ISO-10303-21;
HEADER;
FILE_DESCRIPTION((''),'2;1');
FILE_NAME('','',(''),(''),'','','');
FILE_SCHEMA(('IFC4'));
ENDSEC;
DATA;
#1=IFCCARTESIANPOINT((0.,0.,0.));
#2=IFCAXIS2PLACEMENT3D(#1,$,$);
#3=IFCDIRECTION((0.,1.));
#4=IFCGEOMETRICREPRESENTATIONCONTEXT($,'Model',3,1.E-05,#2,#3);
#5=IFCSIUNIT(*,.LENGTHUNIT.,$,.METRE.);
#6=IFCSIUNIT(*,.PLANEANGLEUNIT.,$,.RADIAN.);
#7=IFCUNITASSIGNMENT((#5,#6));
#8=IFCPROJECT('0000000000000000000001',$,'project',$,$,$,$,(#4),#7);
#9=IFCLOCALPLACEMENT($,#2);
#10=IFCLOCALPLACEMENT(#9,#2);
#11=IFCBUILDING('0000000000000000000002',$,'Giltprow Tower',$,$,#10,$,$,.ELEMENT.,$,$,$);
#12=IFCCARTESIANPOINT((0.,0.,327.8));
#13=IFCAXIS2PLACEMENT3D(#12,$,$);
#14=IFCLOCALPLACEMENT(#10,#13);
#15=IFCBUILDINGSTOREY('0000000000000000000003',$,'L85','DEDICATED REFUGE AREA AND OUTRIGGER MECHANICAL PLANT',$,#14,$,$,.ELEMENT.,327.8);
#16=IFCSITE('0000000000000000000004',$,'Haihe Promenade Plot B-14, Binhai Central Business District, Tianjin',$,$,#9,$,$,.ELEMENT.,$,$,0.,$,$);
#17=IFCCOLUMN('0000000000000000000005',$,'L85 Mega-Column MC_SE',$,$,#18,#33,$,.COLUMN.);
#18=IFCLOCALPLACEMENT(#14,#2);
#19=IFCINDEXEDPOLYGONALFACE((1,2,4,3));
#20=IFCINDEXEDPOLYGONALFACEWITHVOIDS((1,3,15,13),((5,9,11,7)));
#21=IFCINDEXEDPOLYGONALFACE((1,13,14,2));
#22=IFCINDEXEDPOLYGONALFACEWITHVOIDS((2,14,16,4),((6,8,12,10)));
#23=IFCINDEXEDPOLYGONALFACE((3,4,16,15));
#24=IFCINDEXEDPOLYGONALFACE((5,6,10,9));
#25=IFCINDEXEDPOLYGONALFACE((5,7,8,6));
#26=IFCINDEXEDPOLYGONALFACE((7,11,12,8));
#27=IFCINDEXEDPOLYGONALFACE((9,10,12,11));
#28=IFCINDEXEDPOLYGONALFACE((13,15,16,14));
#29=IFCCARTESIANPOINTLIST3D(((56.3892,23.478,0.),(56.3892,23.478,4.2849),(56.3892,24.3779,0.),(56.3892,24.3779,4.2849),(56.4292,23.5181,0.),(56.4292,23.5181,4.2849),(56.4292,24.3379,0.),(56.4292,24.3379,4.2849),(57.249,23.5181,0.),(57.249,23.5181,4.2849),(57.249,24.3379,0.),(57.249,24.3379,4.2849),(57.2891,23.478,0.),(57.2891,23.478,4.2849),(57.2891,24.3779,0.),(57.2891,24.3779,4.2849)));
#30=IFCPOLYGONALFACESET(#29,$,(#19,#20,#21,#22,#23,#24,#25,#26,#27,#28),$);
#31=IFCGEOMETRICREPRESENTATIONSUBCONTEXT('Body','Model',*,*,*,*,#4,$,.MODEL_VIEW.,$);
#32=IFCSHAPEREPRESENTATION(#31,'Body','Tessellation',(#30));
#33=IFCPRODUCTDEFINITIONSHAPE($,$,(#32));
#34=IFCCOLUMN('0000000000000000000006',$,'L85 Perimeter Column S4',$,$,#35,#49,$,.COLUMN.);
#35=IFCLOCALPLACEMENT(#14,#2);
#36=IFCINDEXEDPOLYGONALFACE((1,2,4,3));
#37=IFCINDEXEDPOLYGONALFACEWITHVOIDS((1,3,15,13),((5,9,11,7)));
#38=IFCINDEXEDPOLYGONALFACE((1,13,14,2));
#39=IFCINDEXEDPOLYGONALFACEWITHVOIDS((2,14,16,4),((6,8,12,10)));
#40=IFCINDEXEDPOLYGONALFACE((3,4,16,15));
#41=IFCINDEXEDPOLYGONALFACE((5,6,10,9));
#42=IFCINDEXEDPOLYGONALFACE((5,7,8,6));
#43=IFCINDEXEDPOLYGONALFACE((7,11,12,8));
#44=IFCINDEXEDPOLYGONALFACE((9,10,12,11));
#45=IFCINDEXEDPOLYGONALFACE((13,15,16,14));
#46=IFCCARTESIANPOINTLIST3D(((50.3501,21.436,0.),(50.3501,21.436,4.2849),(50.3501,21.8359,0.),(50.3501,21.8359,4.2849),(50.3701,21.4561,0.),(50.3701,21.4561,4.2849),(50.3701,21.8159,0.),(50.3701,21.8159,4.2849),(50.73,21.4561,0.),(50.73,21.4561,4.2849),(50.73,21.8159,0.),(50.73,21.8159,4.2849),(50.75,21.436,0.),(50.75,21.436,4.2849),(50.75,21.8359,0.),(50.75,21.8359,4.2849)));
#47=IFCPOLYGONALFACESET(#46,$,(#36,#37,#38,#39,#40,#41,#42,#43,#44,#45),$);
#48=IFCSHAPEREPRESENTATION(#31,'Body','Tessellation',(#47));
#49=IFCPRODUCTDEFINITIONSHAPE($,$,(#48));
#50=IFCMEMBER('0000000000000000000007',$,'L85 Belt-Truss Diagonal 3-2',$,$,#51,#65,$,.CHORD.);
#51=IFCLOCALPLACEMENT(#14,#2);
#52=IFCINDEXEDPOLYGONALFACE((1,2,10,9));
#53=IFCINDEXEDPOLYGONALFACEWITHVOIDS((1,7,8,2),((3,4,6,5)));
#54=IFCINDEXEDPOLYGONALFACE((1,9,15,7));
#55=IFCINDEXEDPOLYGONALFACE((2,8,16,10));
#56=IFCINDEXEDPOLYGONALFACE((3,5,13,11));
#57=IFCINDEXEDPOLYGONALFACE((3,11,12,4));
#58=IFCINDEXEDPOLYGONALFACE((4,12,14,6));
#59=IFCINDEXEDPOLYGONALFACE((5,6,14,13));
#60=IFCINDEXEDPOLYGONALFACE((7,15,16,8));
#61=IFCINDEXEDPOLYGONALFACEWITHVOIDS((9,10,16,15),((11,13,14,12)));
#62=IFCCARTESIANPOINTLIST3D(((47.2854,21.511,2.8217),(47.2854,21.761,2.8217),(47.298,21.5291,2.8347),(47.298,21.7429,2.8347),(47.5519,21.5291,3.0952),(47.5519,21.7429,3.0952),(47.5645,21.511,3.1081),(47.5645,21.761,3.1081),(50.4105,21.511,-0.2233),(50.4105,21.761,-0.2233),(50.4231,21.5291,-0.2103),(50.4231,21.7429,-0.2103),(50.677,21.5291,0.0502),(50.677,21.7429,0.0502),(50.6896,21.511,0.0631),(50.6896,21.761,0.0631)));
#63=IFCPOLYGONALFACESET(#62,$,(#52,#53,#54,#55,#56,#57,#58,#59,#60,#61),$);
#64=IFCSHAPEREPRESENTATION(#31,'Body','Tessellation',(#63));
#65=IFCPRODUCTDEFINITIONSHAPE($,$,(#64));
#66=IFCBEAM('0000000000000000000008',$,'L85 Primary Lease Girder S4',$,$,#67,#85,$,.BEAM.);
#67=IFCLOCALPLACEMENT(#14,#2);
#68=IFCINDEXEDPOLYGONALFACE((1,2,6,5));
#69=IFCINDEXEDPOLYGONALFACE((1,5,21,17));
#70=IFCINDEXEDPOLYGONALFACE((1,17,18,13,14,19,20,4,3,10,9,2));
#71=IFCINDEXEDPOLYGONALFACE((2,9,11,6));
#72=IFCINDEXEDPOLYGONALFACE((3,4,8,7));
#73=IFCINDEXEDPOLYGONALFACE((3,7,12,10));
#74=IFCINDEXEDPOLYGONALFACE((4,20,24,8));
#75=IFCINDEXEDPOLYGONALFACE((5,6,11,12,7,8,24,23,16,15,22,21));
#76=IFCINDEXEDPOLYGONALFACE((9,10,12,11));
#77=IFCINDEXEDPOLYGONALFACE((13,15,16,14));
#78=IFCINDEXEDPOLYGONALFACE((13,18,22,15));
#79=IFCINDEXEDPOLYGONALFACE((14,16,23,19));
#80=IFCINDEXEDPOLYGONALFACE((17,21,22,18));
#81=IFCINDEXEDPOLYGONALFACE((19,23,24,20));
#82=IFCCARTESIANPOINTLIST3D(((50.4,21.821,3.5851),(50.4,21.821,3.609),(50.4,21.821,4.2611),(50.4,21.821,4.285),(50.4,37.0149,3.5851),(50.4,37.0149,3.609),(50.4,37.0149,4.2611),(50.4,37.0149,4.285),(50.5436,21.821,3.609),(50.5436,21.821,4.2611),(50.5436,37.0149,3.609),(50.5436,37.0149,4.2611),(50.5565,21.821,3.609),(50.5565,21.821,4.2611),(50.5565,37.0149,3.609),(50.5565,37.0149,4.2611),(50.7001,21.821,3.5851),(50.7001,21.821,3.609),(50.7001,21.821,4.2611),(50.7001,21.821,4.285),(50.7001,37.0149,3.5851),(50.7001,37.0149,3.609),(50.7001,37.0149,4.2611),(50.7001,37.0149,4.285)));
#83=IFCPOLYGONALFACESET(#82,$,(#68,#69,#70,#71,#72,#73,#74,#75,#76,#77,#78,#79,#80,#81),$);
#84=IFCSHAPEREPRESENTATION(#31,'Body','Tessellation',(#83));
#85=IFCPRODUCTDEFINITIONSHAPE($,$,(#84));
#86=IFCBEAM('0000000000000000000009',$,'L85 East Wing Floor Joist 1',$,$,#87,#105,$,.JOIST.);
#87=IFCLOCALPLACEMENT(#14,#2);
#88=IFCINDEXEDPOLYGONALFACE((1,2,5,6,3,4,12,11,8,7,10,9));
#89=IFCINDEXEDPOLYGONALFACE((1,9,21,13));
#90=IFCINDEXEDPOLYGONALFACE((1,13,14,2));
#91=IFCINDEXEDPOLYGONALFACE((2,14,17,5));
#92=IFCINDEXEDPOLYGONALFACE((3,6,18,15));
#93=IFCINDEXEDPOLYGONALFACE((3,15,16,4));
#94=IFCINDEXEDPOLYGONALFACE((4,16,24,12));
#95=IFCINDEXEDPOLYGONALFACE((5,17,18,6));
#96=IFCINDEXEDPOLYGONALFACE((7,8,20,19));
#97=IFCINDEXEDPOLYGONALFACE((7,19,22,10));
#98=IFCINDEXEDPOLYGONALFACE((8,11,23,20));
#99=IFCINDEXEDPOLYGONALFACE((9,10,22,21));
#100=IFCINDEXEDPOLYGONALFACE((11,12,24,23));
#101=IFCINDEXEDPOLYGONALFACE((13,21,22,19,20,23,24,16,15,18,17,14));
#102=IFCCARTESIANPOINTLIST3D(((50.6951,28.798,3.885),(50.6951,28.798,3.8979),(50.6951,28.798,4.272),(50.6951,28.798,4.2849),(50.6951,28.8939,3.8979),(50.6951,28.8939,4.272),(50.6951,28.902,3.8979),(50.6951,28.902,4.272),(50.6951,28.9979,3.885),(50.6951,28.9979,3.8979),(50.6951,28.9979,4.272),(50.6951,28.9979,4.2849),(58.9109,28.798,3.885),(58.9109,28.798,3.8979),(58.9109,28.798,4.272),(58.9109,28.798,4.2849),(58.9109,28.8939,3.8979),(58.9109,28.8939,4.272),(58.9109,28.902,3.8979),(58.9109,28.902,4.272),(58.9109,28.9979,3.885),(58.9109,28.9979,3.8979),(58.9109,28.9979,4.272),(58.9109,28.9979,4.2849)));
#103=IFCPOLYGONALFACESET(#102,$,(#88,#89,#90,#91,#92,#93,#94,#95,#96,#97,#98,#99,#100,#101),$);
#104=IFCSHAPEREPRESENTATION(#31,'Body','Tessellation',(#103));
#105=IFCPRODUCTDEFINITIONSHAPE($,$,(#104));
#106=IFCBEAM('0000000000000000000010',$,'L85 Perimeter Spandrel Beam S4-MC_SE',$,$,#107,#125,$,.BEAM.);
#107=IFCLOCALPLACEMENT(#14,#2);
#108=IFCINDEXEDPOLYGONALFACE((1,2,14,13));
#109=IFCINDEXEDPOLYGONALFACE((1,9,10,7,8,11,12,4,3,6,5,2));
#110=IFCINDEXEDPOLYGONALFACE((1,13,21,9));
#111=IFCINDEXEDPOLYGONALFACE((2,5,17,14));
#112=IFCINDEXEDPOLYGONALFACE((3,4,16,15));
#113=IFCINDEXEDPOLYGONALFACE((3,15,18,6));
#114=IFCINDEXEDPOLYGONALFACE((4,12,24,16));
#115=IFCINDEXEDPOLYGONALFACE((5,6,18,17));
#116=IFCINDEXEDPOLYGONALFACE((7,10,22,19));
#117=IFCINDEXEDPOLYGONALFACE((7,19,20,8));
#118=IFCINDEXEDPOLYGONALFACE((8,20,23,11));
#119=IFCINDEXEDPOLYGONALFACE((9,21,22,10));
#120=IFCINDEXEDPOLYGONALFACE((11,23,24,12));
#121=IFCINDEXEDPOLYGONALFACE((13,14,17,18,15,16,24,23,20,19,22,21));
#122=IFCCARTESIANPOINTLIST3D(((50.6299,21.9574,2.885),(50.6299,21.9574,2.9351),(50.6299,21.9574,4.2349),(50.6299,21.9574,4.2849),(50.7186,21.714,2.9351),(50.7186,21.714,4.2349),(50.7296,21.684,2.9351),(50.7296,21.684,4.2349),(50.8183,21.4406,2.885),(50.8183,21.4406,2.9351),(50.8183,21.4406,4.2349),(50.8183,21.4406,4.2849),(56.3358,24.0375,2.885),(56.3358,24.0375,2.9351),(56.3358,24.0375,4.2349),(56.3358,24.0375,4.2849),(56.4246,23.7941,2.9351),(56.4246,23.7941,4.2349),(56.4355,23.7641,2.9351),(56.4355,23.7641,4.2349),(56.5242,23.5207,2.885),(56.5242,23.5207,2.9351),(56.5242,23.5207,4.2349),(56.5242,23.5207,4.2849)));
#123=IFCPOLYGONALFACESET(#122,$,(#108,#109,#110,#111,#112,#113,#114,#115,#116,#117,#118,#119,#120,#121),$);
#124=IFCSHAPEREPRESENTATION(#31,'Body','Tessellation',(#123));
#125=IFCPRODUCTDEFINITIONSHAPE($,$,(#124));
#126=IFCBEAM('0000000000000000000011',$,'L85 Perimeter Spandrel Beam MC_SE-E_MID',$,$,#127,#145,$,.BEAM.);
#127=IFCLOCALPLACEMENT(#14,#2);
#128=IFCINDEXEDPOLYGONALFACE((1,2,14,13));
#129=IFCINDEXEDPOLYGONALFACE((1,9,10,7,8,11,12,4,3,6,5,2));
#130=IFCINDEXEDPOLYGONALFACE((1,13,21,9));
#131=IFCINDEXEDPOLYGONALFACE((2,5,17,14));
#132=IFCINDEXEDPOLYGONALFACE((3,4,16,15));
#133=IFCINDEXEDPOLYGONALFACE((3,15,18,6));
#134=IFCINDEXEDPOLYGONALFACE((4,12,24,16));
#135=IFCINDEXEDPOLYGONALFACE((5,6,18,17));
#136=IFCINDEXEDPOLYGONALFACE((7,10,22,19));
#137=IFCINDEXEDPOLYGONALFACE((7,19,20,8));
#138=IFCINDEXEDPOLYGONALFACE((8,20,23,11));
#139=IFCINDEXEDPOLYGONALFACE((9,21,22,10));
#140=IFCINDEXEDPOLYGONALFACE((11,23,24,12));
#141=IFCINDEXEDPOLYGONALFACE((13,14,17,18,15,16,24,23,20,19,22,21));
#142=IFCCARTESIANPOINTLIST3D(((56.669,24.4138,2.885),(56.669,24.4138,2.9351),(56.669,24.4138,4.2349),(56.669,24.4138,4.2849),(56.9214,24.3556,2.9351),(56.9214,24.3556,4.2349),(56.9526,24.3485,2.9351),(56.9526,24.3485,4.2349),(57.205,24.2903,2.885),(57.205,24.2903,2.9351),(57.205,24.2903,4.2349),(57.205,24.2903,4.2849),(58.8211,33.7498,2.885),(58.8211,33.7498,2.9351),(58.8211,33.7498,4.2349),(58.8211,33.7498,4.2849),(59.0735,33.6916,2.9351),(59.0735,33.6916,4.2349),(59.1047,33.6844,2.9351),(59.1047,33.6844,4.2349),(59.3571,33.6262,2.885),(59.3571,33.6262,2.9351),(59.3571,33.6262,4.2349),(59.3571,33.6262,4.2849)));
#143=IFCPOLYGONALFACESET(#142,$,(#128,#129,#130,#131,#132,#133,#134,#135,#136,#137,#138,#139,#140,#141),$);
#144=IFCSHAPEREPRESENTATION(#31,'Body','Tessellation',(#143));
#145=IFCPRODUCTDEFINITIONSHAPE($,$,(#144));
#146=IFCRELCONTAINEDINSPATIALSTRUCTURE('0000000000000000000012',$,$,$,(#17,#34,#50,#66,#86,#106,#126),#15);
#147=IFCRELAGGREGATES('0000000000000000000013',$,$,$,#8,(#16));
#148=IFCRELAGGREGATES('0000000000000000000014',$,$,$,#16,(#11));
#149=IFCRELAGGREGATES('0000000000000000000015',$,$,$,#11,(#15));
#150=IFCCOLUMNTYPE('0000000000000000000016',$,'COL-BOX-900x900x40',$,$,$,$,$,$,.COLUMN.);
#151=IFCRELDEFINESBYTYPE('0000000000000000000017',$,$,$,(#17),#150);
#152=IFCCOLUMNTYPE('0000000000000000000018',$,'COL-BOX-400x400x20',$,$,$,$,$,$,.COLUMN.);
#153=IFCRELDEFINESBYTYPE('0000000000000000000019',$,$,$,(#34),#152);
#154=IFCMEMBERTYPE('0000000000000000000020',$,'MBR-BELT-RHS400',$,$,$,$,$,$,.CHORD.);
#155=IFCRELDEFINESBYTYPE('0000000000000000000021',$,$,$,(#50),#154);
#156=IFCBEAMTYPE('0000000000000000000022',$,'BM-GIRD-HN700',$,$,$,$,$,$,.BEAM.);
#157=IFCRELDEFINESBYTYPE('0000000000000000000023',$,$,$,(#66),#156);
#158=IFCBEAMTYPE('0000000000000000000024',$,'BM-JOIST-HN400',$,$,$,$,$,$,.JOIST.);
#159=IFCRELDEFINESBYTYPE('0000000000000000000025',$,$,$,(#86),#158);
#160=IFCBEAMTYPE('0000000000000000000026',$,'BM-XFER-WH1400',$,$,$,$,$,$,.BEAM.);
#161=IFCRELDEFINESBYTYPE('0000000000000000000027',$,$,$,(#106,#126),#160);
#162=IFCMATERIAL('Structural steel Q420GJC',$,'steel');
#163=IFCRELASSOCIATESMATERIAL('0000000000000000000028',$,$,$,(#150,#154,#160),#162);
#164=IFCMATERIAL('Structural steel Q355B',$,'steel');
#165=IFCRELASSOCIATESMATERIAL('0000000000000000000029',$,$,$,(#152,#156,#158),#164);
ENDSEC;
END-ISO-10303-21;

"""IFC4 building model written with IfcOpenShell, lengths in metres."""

from ifc_helpers import new_model, si_unit, direction, frame, origin, origin_2d, place, context, subcontext, project, spatial, hollow_rectangle, i_section, extrude, source, transform, mapped, material, material_profile, profile_set, type_object, element, save


model = new_model("IFC4")

# Units and contexts
model_context = context("Model", 3, precision=1e-05, world=origin(), true_north=direction((0.0, 1.0)))
body_context = subcontext(model_context, "Body", "Model", "MODEL_VIEW")
ifc_project = project(units=[si_unit("LENGTHUNIT", "METRE"), si_unit("PLANEANGLEUNIT", "RADIAN")], contexts=[model_context])

# Site, building, storey
site_placement = place(None, origin())
site = spatial("IfcSite", under=ifc_project, at=site_placement, Name="Haihe Promenade Plot B-14, Binhai Central Business District, Tianjin", CompositionType="ELEMENT", RefElevation=0.0)
building_placement = place(site_placement, origin())
building = spatial("IfcBuilding", under=site, at=building_placement, Name="Giltprow Tower", CompositionType="ELEMENT")
storey_placement = place(building_placement, frame((0.0, 0.0, 327.8)))
storey = spatial("IfcBuildingStorey", under=building, at=storey_placement, Name="L85", Description="DEDICATED REFUGE AREA AND OUTRIGGER MECHANICAL PLANT", CompositionType="ELEMENT", Elevation=327.8)

# Columns
ifc_material_1 = material(Name="Structural steel Q420GJC", Category="steel")
ifc_material_profile_1 = material_profile(ifc_material_1, hollow_rectangle(XDim=0.8999, YDim=0.8999, WallThickness=0.04, at=origin_2d()), Name="BOX 900x900x40")
ifc_profile_set_1 = profile_set([ifc_material_profile_1], Name="Structural steel Q420GJC")
column_type_1 = type_object("IfcColumnType", Name="COL-BOX-900x900x40", PredefinedType="COLUMN", material=ifc_profile_set_1)
shared_shape_1 = source(origin(), body_context, "Body", "SweptSolid", [
    extrude(hollow_rectangle(XDim=0.8999, YDim=0.8999, WallThickness=0.04, at=origin_2d()), origin(), (0.0, 0.0, 1.0), 4.2849),
])
column_1_placement = place(storey_placement, frame((56.8391, 23.928, 0.0), z_axis=(0.0, 0.0, 1.0), x_axis=(1.0, 0.0, 0.0)))
element("IfcColumn", 1, at=column_1_placement, inside=storey, type_object=column_type_1, Name="L85 Mega-Column MC_SE", PredefinedType="COLUMN", context=body_context, shape_type="MappedRepresentation", body=[
    mapped(shared_shape_1, transform((0.0, 0.0, 0.0), x_axis=(1.0, 0.0, 0.0), y_axis=(0.0, 1.0, 0.0), z_axis=(0.0, 0.0, 1.0), scale=1.0)),
])
ifc_material_2 = material(Name="Structural steel Q355B", Category="steel")
ifc_material_profile_2 = material_profile(ifc_material_2, hollow_rectangle(XDim=0.3999, YDim=0.3999, WallThickness=0.02, at=origin_2d()), Name="BOX 400x400x20")
ifc_profile_set_2 = profile_set([ifc_material_profile_2], Name="Structural steel Q355B")
column_type_2 = type_object("IfcColumnType", Name="COL-BOX-400x400x20", PredefinedType="COLUMN", material=ifc_profile_set_2)
shared_shape_2 = source(origin(), body_context, "Body", "SweptSolid", [
    extrude(hollow_rectangle(XDim=0.3999, YDim=0.3999, WallThickness=0.02, at=origin_2d()), origin(), (0.0, 0.0, 1.0), 4.2849),
])
column_2_placement = place(storey_placement, frame((50.55, 21.636, 0.0), z_axis=(0.0, 0.0, 1.0), x_axis=(1.0, 0.0, 0.0)))
element("IfcColumn", 2, at=column_2_placement, inside=storey, type_object=column_type_2, Name="L85 Perimeter Column S4", PredefinedType="COLUMN", context=body_context, shape_type="MappedRepresentation", body=[
    mapped(shared_shape_2, transform((0.0, 0.0, 0.0), x_axis=(1.0, 0.0, 0.0), y_axis=(0.0, 1.0, 0.0), z_axis=(0.0, 0.0, 1.0), scale=1.0)),
])

# Member
ifc_material_profile_3 = material_profile(ifc_material_1, hollow_rectangle(XDim=0.25, YDim=0.3999, WallThickness=0.0181, at=origin_2d()), Name="RHS 400x250x18")
ifc_profile_set_3 = profile_set([ifc_material_profile_3], Name="Structural steel Q420GJC")
member_type_1 = type_object("IfcMemberType", Name="MBR-BELT-RHS400", PredefinedType="CHORD", material=ifc_profile_set_3)
shared_shape_3 = source(origin(), body_context, "Body", "SweptSolid", [
    extrude(hollow_rectangle(XDim=0.25, YDim=0.3999, WallThickness=0.0181, at=origin_2d()), origin(), (0.0, 0.0, 1.0), 4.3633),
])
member_1_placement = place(storey_placement, frame((50.55, 21.636, -0.0801), z_axis=(-0.716224, 0.0, 0.697871), x_axis=(0.0, -1.0, 0.0)))
element("IfcMember", 3, at=member_1_placement, inside=storey, type_object=member_type_1, Name="L85 Belt-Truss Diagonal 3-2", PredefinedType="CHORD", context=body_context, shape_type="MappedRepresentation", body=[
    mapped(shared_shape_3, transform((0.0, 0.0, 0.0), x_axis=(1.0, 0.0, 0.0), y_axis=(0.0, 1.0, 0.0), z_axis=(0.0, 0.0, 1.0), scale=1.0)),
])

# Beams
ifc_material_profile_4 = material_profile(ifc_material_2, i_section(OverallWidth=0.3, OverallDepth=0.7, WebThickness=0.0129, FlangeThickness=0.0239, at=origin_2d()), Name="HN 700x300x13x24")
ifc_profile_set_4 = profile_set([ifc_material_profile_4], Name="Structural steel Q355B")
beam_type_1 = type_object("IfcBeamType", Name="BM-GIRD-HN700", PredefinedType="BEAM", material=ifc_profile_set_4)
shared_shape_4 = source(origin(), body_context, "Body", "SweptSolid", [
    extrude(i_section(OverallWidth=0.3, OverallDepth=0.7, WebThickness=0.0129, FlangeThickness=0.0239, at=origin_2d()), origin(), (0.0, 0.0, 1.0), 15.1938),
])
beam_1_placement = place(storey_placement, frame((50.55, 21.821, 3.9351), z_axis=(0.0, 1.0, 0.0), x_axis=(-1.0, 0.0, 0.0)))
element("IfcBeam", 4, at=beam_1_placement, inside=storey, type_object=beam_type_1, Name="L85 Primary Lease Girder S4", PredefinedType="BEAM", context=body_context, shape_type="MappedRepresentation", body=[
    mapped(shared_shape_4, transform((0.0, 0.0, 0.0), x_axis=(1.0, 0.0, 0.0), y_axis=(0.0, 1.0, 0.0), z_axis=(0.0, 0.0, 1.0), scale=1.0)),
])
ifc_material_profile_5 = material_profile(ifc_material_2, i_section(OverallWidth=0.2, OverallDepth=0.3999, WebThickness=0.0081, FlangeThickness=0.0129, at=origin_2d()), Name="HN 400x200x8x13")
ifc_profile_set_5 = profile_set([ifc_material_profile_5], Name="Structural steel Q355B")
beam_type_2 = type_object("IfcBeamType", Name="BM-JOIST-HN400", PredefinedType="JOIST", material=ifc_profile_set_5)
shared_shape_5 = source(origin(), body_context, "Body", "SweptSolid", [
    extrude(i_section(OverallWidth=0.2, OverallDepth=0.3999, WebThickness=0.0081, FlangeThickness=0.0129, at=origin_2d()), origin(), (0.0, 0.0, 1.0), 8.2158),
])
beam_2_placement = place(storey_placement, frame((50.6951, 28.8979, 4.085), z_axis=(1.0, 0.0, 0.0), x_axis=(0.0, 1.0, 0.0)))
element("IfcBeam", 5, at=beam_2_placement, inside=storey, type_object=beam_type_2, Name="L85 East Wing Floor Joist 1", PredefinedType="JOIST", context=body_context, shape_type="MappedRepresentation", body=[
    mapped(shared_shape_5, transform((0.0, 0.0, 0.0), x_axis=(1.0, 0.0, 0.0), y_axis=(0.0, 1.0, 0.0), z_axis=(0.0, 0.0, 1.0), scale=1.0)),
])
ifc_material_profile_6 = material_profile(ifc_material_1, i_section(OverallWidth=0.55, OverallDepth=1.3999, WebThickness=0.032, FlangeThickness=0.05, at=origin_2d()), Name="WH 1400x550x32x50")
ifc_profile_set_6 = profile_set([ifc_material_profile_6], Name="Structural steel Q420GJC")
beam_type_3 = type_object("IfcBeamType", Name="BM-XFER-WH1400", PredefinedType="BEAM", material=ifc_profile_set_6)
shared_shape_6 = source(origin(), body_context, "Body", "SweptSolid", [
    extrude(i_section(OverallWidth=0.55, OverallDepth=1.3999, WebThickness=0.032, FlangeThickness=0.05, at=origin_2d()), origin(), (0.0, 0.0, 1.0), 6.0732),
])
beam_3_placement = place(storey_placement, frame((50.7241, 21.699, 3.585), z_axis=(0.939516, 0.342505, 0.0), x_axis=(-0.342505, 0.939516, 0.0)))
element("IfcBeam", 6, at=beam_3_placement, inside=storey, type_object=beam_type_3, Name="L85 Perimeter Spandrel Beam S4-MC_SE", PredefinedType="BEAM", context=body_context, shape_type="MappedRepresentation", body=[
    mapped(shared_shape_6, transform((0.0, 0.0, 0.0), x_axis=(1.0, 0.0, 0.0), y_axis=(0.0, 1.0, 0.0), z_axis=(0.0, 0.0, 1.0), scale=1.0)),
])
shared_shape_7 = source(origin(), body_context, "Body", "SweptSolid", [
    extrude(i_section(OverallWidth=0.55, OverallDepth=1.3999, WebThickness=0.032, FlangeThickness=0.05, at=origin_2d()), origin(), (0.0, 0.0, 1.0), 9.5808),
])
beam_4_placement = place(storey_placement, frame((56.937, 24.3521, 3.585), z_axis=(0.224627, 0.974445, 0.0), x_axis=(-0.974445, 0.224627, 0.0)))
element("IfcBeam", 7, at=beam_4_placement, inside=storey, type_object=beam_type_3, Name="L85 Perimeter Spandrel Beam MC_SE-E_MID", PredefinedType="BEAM", context=body_context, shape_type="MappedRepresentation", body=[
    mapped(shared_shape_7, transform((0.0, 0.0, 0.0), x_axis=(1.0, 0.0, 0.0), y_axis=(0.0, 1.0, 0.0), z_axis=(0.0, 0.0, 1.0), scale=1.0)),
])

save(model, "model.ifc")
